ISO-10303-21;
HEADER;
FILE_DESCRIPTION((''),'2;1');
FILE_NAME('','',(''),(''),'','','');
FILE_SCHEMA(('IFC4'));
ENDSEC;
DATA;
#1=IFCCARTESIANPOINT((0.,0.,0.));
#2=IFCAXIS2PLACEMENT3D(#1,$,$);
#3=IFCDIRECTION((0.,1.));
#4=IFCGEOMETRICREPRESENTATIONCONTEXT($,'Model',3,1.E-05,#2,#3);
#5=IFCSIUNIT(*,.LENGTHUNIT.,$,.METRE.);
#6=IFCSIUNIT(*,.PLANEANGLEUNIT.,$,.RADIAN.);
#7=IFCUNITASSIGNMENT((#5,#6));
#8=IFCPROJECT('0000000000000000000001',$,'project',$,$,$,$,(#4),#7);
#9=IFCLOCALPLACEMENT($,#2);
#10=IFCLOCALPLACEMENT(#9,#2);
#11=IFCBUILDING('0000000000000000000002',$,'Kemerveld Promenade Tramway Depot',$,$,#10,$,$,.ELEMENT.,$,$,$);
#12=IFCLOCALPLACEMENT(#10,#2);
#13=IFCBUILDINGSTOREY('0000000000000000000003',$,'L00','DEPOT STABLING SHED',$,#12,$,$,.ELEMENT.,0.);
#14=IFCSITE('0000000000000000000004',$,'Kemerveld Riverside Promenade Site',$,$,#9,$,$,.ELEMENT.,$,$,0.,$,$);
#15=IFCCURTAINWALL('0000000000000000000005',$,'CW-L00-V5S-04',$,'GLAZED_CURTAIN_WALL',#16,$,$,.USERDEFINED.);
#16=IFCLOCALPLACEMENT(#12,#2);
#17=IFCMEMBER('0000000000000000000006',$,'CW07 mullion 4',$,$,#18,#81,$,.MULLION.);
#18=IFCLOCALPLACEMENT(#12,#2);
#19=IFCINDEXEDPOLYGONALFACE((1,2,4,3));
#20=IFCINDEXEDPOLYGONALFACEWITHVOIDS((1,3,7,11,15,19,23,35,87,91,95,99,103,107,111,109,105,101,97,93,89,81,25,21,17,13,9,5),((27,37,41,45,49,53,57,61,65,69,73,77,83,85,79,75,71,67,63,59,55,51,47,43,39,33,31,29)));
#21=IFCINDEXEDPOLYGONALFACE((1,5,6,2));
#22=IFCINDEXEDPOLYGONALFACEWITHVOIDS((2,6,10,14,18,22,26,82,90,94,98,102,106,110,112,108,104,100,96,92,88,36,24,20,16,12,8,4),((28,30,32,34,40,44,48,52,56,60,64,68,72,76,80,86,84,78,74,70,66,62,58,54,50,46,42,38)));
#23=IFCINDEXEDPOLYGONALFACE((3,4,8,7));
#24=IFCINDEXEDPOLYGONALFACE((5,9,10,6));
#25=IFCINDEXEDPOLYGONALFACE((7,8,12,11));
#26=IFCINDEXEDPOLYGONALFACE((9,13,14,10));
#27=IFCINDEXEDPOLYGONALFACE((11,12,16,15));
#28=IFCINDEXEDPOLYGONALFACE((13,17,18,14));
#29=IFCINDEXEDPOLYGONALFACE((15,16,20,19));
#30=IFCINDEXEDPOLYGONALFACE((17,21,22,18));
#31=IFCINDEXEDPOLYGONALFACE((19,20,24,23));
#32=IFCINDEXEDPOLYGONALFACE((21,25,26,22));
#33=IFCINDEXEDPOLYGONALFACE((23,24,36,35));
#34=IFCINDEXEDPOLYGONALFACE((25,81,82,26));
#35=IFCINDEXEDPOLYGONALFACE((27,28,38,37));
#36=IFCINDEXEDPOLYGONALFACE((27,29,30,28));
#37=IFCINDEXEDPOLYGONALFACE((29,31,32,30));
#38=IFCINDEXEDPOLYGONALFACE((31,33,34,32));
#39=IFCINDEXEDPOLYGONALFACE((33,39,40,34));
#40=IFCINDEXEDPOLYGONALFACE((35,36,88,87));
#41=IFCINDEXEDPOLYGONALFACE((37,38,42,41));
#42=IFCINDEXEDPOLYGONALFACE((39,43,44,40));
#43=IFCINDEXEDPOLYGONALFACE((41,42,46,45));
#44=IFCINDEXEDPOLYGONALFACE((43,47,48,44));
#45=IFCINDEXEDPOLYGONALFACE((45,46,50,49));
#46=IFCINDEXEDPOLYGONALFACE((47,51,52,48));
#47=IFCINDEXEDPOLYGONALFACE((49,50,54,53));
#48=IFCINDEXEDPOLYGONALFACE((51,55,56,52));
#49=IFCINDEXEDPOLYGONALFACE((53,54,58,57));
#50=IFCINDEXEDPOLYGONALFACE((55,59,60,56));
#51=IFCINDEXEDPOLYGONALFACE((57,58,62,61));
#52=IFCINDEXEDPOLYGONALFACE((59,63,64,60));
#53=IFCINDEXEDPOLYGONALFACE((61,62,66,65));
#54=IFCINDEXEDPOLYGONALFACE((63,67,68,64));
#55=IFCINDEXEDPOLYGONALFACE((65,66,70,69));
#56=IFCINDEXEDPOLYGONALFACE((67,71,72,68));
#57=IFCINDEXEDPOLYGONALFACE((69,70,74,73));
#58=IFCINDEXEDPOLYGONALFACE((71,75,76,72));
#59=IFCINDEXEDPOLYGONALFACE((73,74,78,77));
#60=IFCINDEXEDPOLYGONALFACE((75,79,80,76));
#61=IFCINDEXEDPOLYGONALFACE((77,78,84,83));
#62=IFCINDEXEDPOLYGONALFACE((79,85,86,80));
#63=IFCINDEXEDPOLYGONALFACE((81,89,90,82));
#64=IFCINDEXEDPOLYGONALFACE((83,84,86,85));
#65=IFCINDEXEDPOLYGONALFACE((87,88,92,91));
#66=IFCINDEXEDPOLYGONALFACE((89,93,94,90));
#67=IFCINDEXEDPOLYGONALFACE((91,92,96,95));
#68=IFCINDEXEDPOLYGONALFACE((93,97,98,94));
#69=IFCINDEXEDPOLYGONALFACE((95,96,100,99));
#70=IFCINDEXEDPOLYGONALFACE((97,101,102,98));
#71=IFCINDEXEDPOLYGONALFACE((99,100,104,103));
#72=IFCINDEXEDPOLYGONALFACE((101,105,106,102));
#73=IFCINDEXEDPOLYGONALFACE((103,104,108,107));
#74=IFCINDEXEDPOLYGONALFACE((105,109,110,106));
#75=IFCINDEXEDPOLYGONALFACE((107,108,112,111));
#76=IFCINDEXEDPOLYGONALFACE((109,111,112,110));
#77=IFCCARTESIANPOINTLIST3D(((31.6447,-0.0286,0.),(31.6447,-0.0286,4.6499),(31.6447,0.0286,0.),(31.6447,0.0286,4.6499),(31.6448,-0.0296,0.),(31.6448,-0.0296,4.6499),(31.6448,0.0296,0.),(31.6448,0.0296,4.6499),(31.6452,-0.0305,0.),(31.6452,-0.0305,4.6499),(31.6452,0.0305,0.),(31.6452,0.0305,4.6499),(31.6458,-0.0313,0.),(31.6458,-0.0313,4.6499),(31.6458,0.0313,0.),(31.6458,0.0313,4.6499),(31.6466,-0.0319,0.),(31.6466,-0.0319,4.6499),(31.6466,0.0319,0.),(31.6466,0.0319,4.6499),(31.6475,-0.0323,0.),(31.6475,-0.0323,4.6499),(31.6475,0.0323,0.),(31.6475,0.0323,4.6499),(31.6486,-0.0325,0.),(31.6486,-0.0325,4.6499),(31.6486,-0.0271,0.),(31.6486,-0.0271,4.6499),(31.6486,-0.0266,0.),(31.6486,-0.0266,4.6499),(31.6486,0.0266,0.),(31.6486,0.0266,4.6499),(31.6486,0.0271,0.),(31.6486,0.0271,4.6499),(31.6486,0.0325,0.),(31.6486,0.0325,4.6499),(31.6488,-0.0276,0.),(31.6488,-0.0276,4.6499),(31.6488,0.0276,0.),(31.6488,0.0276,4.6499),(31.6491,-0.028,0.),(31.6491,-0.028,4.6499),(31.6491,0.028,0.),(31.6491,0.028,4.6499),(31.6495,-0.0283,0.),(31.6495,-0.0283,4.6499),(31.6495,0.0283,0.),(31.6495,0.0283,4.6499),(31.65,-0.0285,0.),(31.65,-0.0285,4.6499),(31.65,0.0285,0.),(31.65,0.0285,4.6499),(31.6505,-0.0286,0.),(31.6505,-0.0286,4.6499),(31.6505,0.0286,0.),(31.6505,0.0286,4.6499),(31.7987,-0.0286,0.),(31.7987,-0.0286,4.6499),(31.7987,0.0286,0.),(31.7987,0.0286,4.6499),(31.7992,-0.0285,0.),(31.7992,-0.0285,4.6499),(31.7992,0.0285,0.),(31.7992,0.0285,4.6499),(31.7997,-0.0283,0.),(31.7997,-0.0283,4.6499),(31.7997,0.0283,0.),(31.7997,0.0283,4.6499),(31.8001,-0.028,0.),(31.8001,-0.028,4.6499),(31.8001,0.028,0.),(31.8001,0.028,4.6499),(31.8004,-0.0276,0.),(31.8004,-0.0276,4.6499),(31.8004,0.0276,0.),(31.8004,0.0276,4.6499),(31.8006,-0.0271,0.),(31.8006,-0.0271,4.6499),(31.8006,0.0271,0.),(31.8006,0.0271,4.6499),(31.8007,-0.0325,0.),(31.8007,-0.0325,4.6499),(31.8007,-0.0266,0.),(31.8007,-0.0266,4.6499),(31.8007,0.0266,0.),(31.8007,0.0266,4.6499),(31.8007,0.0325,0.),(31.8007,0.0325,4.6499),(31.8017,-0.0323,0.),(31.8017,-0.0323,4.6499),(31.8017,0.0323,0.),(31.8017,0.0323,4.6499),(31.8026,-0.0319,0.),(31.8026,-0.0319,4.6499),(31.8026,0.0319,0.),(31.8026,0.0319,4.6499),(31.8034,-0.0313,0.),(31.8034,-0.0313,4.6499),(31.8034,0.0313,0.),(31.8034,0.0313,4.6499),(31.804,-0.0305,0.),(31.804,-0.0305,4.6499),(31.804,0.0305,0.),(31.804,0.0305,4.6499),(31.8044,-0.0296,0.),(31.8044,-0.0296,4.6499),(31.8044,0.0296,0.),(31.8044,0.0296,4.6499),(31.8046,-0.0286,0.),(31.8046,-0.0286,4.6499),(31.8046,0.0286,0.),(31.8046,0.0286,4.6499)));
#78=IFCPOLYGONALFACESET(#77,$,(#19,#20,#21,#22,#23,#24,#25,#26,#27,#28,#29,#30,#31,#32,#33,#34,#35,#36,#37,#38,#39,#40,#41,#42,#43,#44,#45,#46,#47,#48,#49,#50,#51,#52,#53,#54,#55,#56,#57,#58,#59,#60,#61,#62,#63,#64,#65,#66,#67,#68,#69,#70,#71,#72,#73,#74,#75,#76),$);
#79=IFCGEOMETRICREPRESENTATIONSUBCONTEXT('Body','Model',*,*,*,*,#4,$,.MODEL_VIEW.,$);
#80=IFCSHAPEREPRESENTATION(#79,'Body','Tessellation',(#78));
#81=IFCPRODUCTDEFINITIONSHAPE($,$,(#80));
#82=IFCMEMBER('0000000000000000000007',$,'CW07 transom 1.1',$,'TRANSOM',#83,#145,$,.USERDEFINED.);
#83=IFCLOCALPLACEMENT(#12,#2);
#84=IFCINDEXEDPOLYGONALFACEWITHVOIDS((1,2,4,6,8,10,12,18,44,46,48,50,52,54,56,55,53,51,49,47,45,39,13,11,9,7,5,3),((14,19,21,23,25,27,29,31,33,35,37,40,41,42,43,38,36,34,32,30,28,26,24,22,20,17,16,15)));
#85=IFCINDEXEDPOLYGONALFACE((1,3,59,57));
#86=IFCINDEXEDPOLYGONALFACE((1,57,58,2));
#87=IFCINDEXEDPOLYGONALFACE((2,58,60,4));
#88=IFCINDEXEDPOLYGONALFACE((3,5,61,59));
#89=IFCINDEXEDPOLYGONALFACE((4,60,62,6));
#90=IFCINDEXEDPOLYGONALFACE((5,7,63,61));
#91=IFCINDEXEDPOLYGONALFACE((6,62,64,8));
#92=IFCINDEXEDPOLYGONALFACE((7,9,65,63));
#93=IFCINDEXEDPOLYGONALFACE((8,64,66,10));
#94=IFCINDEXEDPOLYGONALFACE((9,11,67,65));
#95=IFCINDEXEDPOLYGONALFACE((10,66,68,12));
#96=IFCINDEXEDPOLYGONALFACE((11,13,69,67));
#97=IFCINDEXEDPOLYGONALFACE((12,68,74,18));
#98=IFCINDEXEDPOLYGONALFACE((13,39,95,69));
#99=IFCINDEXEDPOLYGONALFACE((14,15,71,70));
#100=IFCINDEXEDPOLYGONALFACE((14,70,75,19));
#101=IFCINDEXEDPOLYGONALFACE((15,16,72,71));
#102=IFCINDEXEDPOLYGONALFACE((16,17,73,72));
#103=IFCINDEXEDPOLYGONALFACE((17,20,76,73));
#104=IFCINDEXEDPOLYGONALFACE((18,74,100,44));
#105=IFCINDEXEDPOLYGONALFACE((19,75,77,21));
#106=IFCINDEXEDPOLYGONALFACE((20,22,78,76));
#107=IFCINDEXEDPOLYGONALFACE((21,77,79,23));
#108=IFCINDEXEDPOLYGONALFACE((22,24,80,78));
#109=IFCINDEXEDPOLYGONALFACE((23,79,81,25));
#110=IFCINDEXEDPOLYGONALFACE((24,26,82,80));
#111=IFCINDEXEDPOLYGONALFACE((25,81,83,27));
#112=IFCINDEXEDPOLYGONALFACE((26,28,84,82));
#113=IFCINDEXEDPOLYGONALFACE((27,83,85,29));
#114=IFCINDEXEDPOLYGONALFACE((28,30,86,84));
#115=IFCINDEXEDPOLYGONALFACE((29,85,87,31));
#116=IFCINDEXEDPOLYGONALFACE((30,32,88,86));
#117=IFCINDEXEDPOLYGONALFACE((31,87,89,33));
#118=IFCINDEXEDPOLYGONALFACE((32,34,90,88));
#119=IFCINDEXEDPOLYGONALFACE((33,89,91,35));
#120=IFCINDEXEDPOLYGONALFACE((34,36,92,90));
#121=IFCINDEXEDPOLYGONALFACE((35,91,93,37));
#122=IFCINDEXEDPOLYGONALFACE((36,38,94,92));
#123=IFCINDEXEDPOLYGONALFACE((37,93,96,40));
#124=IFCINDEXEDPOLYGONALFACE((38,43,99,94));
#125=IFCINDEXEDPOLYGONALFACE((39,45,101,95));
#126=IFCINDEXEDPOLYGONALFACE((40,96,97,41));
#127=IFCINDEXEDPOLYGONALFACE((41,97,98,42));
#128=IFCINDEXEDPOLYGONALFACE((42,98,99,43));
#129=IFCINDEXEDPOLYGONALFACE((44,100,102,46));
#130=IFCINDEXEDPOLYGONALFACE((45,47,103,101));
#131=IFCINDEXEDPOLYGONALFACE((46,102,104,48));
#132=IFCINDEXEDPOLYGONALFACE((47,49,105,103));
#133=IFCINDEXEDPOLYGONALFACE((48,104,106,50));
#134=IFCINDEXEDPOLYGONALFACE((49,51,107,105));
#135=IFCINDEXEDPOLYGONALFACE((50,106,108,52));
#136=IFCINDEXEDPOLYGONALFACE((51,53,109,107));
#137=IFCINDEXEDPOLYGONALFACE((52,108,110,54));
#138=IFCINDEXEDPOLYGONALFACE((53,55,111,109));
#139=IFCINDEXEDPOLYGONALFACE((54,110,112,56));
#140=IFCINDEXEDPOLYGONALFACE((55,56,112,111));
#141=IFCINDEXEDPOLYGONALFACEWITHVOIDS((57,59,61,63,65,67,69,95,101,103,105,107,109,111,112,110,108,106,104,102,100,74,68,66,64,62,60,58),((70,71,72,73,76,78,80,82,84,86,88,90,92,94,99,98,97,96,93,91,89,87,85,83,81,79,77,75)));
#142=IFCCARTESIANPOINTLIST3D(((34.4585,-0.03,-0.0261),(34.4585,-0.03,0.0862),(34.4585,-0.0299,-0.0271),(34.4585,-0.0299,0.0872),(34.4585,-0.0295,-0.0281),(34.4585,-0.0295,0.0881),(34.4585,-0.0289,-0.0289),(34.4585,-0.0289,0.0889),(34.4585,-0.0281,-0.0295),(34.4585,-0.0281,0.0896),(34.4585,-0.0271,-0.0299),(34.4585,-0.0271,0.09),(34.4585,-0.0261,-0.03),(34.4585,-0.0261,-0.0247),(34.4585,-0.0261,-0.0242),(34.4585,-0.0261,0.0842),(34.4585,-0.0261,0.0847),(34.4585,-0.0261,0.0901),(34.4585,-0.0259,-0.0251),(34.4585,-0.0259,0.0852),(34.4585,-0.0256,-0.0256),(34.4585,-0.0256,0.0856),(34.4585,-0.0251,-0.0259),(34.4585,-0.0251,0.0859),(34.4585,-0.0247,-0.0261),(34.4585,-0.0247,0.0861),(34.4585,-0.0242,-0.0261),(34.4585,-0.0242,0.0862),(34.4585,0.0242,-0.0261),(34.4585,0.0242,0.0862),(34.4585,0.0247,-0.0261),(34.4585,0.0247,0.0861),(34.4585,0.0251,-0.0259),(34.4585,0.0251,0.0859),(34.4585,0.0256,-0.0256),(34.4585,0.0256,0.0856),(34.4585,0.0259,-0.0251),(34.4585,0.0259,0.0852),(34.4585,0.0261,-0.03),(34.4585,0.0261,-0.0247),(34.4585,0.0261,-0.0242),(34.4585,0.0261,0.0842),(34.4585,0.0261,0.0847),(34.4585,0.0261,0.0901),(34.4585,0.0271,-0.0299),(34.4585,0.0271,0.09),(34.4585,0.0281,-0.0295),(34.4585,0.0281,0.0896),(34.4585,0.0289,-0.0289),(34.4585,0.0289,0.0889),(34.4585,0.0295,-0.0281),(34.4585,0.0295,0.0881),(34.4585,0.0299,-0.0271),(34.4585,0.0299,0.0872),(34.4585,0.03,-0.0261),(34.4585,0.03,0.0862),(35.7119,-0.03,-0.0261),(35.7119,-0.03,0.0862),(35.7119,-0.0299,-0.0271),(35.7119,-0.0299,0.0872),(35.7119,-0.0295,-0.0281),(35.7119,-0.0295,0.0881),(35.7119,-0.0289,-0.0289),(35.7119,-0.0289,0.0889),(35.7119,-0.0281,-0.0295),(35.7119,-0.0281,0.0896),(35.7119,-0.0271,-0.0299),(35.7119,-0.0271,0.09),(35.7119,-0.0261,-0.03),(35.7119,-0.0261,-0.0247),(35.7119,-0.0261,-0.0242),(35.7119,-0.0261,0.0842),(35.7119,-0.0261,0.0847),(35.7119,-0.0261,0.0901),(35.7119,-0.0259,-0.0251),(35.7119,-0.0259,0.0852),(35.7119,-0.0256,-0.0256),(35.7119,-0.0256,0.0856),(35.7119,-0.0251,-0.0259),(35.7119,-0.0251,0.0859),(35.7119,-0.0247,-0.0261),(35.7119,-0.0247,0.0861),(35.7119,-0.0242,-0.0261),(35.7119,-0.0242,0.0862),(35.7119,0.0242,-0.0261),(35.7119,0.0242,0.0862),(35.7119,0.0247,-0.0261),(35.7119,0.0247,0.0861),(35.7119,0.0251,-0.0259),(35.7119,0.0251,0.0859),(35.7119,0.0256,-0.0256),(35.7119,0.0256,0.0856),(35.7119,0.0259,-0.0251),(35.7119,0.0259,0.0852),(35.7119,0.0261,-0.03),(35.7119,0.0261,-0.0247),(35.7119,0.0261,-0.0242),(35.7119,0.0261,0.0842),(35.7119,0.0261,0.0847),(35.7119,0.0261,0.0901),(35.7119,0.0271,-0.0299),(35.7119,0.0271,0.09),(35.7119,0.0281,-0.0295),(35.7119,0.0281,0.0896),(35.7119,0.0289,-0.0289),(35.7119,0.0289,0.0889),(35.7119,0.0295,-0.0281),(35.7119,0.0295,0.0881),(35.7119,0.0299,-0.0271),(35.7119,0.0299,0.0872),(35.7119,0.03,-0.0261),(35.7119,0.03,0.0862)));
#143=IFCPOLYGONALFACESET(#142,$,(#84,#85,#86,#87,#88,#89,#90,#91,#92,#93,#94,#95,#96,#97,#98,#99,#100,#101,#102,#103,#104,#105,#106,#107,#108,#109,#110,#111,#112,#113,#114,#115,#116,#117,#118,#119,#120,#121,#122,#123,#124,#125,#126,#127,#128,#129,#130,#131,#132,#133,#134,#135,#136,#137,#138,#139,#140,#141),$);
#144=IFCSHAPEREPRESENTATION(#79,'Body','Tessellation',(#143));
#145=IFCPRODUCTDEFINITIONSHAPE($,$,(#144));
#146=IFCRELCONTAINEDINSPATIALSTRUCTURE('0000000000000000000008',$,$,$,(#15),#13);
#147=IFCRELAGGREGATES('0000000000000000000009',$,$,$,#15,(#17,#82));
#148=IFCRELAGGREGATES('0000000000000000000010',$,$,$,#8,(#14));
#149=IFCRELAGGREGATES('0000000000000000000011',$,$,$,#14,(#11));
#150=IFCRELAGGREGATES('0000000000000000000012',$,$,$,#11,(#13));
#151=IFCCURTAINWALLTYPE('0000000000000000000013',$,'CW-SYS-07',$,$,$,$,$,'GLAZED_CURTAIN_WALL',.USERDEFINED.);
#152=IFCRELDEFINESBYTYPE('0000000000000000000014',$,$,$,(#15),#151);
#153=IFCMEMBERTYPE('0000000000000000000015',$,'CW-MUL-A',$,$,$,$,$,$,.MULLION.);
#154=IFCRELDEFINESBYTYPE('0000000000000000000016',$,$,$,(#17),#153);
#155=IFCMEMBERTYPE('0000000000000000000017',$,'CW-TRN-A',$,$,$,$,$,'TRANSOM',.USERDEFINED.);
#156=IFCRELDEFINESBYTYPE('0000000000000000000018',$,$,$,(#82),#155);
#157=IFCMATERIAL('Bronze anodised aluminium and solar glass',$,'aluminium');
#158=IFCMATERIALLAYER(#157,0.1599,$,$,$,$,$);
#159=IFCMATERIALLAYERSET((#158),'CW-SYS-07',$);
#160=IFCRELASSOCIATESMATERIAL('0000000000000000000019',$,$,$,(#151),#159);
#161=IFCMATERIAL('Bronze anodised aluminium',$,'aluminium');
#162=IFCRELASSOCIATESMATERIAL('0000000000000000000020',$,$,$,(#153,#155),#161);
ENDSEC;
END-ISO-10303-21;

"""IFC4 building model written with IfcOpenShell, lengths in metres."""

from ifc_helpers import new_model, si_unit, direction, frame, origin, origin_2d, place, context, subcontext, project, spatial, hollow_rectangle, extrude, material, layer, layer_set, material_profile, profile_set, type_object, element, aggregate, save


model = new_model("IFC4")

# Units and contexts
model_context = context("Model", 3, precision=1e-05, world=origin(), true_north=direction((0.0, 1.0)))
body_context = subcontext(model_context, "Body", "Model", "MODEL_VIEW")
ifc_project = project(units=[si_unit("LENGTHUNIT", "METRE"), si_unit("PLANEANGLEUNIT", "RADIAN")], contexts=[model_context])

# Site, building, storey
site_placement = place(None, origin())
site = spatial("IfcSite", under=ifc_project, at=site_placement, Name="Kemerveld Riverside Promenade Site", CompositionType="ELEMENT", RefElevation=0.0)
building_placement = place(site_placement, origin())
building = spatial("IfcBuilding", under=site, at=building_placement, Name="Kemerveld Promenade Tramway Depot", CompositionType="ELEMENT")
storey_placement = place(building_placement, origin())
storey = spatial("IfcBuildingStorey", under=building, at=storey_placement, Name="L00", Description="DEPOT STABLING SHED", CompositionType="ELEMENT", Elevation=0.0)

# Curtain wall, members
ifc_material_1 = material(Name="Bronze anodised aluminium and solar glass", Category="aluminium")
ifc_layer_1 = layer(ifc_material_1, 0.1599)
ifc_layer_set_1 = layer_set([ifc_layer_1], Name="CW-SYS-07")
curtain_wall_type = type_object("IfcCurtainWallType", Name="CW-SYS-07", ElementType="GLAZED_CURTAIN_WALL", PredefinedType="USERDEFINED", material=ifc_layer_set_1)
curtain_wall_placement = place(storey_placement, origin())
curtain_wall = element("IfcCurtainWall", 1, at=curtain_wall_placement, inside=storey, type_object=curtain_wall_type, Name="CW-L00-V5S-04", ObjectType="GLAZED_CURTAIN_WALL", PredefinedType="USERDEFINED")
ifc_material_2 = material(Name="Bronze anodised aluminium", Category="aluminium")
ifc_material_profile_1 = material_profile(ifc_material_2, hollow_rectangle(XDim=0.0649, YDim=0.1599, WallThickness=0.0039, InnerFilletRadius=0.002, OuterFilletRadius=0.0039, at=origin_2d()), Name="CW-MUL-160x65")
ifc_profile_set_1 = profile_set([ifc_material_profile_1], Name="Bronze anodised aluminium")
member_type_1 = type_object("IfcMemberType", Name="CW-MUL-A", PredefinedType="MULLION", material=ifc_profile_set_1)
member_1_placement = place(storey_placement, frame((31.7246, 0.0, 0.0), z_axis=(0.0, 0.0, 1.0), x_axis=(0.0, -1.0, 0.0)))
member_1 = element("IfcMember", 2, at=member_1_placement, type_object=member_type_1, Name="CW07 mullion 4", PredefinedType="MULLION", context=body_context, shape_type="SweptSolid", body=[
    extrude(hollow_rectangle(XDim=0.0649, YDim=0.1599, WallThickness=0.0039, InnerFilletRadius=0.002, OuterFilletRadius=0.0039, at=origin_2d()), origin(), (0.0, 0.0, 1.0), 4.6499),
])
ifc_material_profile_2 = material_profile(ifc_material_2, hollow_rectangle(XDim=0.0601, YDim=0.1201, WallThickness=0.0039, InnerFilletRadius=0.002, OuterFilletRadius=0.0039, at=origin_2d()), Name="CW-TRN-120x60")
ifc_profile_set_2 = profile_set([ifc_material_profile_2], Name="Bronze anodised aluminium")
member_type_2 = type_object("IfcMemberType", Name="CW-TRN-A", ElementType="TRANSOM", PredefinedType="USERDEFINED", material=ifc_profile_set_2)
member_2_placement = place(storey_placement, frame((35.7119, 0.0, 0.03), z_axis=(-1.0, 0.0, 0.0), x_axis=(0.0, -1.0, 0.0)))
member_2 = element("IfcMember", 3, at=member_2_placement, type_object=member_type_2, Name="CW07 transom 1.1", ObjectType="TRANSOM", PredefinedType="USERDEFINED", context=body_context, shape_type="SweptSolid", body=[
    extrude(hollow_rectangle(XDim=0.0601, YDim=0.1201, WallThickness=0.0039, InnerFilletRadius=0.002, OuterFilletRadius=0.0039, at=origin_2d()), origin(), (0.0, 0.0, 1.0), 1.2534),
])
aggregate(curtain_wall, [member_1, member_2])

save(model, "model.ifc")
